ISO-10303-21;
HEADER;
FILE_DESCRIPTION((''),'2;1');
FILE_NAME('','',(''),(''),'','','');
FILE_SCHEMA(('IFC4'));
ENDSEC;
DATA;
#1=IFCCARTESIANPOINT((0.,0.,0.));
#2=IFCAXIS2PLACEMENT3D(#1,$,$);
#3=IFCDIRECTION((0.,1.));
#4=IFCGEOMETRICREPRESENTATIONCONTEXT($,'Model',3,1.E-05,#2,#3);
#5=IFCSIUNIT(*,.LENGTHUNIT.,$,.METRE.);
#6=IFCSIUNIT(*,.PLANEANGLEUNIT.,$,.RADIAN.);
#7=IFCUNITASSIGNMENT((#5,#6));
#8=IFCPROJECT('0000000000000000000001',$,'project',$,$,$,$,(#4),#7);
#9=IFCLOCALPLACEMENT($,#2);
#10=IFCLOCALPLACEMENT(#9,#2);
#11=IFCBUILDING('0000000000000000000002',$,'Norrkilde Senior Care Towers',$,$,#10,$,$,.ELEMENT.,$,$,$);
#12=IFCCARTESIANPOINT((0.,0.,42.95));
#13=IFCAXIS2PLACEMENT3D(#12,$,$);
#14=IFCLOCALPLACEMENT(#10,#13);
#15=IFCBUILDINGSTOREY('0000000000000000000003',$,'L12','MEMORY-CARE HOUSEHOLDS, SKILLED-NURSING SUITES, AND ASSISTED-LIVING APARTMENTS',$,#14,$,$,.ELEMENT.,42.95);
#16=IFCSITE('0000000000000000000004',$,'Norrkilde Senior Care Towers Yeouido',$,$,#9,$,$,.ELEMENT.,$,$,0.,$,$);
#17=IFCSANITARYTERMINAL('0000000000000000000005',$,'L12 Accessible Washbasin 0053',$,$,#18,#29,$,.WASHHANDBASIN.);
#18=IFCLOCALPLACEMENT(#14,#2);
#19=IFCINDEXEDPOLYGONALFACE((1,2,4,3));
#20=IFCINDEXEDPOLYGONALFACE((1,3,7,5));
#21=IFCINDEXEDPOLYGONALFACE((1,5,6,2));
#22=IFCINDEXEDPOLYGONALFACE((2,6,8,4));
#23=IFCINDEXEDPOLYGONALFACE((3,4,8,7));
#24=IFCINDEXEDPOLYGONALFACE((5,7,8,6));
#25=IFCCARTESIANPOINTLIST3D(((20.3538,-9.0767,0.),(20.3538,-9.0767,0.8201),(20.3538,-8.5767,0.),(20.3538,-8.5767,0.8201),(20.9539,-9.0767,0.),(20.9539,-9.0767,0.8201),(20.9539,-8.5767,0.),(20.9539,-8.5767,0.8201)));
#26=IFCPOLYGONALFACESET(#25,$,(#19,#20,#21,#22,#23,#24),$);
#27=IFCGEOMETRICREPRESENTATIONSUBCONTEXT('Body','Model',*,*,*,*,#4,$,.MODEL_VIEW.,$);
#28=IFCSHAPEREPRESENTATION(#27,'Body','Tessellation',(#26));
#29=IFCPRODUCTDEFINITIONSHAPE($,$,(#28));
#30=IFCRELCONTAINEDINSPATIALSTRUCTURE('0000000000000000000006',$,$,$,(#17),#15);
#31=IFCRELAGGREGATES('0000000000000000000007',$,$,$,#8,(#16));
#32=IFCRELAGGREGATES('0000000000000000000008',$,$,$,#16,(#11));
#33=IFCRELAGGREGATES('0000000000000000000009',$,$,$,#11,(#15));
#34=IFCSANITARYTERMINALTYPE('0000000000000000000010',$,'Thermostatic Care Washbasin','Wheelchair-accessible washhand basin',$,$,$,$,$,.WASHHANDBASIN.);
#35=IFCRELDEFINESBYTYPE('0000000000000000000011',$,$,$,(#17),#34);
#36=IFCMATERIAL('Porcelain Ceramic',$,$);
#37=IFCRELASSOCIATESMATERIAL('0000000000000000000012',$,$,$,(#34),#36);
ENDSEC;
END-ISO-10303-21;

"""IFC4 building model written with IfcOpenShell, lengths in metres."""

from ifc_helpers import new_model, si_unit, direction, frame, origin, origin_2d, place, context, subcontext, project, spatial, rectangle, extrude, source, transform, mapped, material, type_object, type_shapes, element, save


model = new_model("IFC4")

# Units and contexts
model_context = context("Model", 3, precision=1e-05, world=origin(), true_north=direction((0.0, 1.0)))
body_context = subcontext(model_context, "Body", "Model", "MODEL_VIEW")
ifc_project = project(units=[si_unit("LENGTHUNIT", "METRE"), si_unit("PLANEANGLEUNIT", "RADIAN")], contexts=[model_context])

# Site, building, storey
site_placement = place(None, origin())
site = spatial("IfcSite", under=ifc_project, at=site_placement, Name="Norrkilde Senior Care Towers Yeouido", CompositionType="ELEMENT", RefElevation=0.0)
building_placement = place(site_placement, origin())
building = spatial("IfcBuilding", under=site, at=building_placement, Name="Norrkilde Senior Care Towers", CompositionType="ELEMENT")
storey_placement = place(building_placement, frame((0.0, 0.0, 42.95)))
storey = spatial("IfcBuildingStorey", under=building, at=storey_placement, Name="L12", Description="MEMORY-CARE HOUSEHOLDS, SKILLED-NURSING SUITES, AND ASSISTED-LIVING APARTMENTS", CompositionType="ELEMENT", Elevation=42.95)

# Sanitary terminal
ifc_material_1 = material(Name="Porcelain Ceramic")
sanitary_terminal_type_1 = type_object("IfcSanitaryTerminalType", Name="Thermostatic Care Washbasin", Description="Wheelchair-accessible washhand basin", PredefinedType="WASHHANDBASIN", material=ifc_material_1)
shared_shape_1 = source(origin(), body_context, "Body", "SweptSolid", [
    extrude(rectangle(XDim=0.6001, YDim=0.5, at=origin_2d()), origin(), (0.0, 0.0, 1.0), 0.8201),
])
type_shapes(sanitary_terminal_type_1, [shared_shape_1])
sanitary_terminal_1_placement = place(storey_placement, frame((20.6538, -8.8267, 0.0), z_axis=(0.0, 0.0, 1.0), x_axis=(1.0, 0.0, 0.0)))
element("IfcSanitaryTerminal", 1, at=sanitary_terminal_1_placement, inside=storey, type_object=sanitary_terminal_type_1, Name="L12 Accessible Washbasin 0053", PredefinedType="WASHHANDBASIN", context=body_context, shape_type="MappedRepresentation", body=[
    mapped(shared_shape_1, transform((0.0, 0.0, 0.0), x_axis=(1.0, 0.0, 0.0), y_axis=(0.0, 1.0, 0.0), z_axis=(0.0, 0.0, 1.0), scale=1.0)),
])

save(model, "model.ifc")
